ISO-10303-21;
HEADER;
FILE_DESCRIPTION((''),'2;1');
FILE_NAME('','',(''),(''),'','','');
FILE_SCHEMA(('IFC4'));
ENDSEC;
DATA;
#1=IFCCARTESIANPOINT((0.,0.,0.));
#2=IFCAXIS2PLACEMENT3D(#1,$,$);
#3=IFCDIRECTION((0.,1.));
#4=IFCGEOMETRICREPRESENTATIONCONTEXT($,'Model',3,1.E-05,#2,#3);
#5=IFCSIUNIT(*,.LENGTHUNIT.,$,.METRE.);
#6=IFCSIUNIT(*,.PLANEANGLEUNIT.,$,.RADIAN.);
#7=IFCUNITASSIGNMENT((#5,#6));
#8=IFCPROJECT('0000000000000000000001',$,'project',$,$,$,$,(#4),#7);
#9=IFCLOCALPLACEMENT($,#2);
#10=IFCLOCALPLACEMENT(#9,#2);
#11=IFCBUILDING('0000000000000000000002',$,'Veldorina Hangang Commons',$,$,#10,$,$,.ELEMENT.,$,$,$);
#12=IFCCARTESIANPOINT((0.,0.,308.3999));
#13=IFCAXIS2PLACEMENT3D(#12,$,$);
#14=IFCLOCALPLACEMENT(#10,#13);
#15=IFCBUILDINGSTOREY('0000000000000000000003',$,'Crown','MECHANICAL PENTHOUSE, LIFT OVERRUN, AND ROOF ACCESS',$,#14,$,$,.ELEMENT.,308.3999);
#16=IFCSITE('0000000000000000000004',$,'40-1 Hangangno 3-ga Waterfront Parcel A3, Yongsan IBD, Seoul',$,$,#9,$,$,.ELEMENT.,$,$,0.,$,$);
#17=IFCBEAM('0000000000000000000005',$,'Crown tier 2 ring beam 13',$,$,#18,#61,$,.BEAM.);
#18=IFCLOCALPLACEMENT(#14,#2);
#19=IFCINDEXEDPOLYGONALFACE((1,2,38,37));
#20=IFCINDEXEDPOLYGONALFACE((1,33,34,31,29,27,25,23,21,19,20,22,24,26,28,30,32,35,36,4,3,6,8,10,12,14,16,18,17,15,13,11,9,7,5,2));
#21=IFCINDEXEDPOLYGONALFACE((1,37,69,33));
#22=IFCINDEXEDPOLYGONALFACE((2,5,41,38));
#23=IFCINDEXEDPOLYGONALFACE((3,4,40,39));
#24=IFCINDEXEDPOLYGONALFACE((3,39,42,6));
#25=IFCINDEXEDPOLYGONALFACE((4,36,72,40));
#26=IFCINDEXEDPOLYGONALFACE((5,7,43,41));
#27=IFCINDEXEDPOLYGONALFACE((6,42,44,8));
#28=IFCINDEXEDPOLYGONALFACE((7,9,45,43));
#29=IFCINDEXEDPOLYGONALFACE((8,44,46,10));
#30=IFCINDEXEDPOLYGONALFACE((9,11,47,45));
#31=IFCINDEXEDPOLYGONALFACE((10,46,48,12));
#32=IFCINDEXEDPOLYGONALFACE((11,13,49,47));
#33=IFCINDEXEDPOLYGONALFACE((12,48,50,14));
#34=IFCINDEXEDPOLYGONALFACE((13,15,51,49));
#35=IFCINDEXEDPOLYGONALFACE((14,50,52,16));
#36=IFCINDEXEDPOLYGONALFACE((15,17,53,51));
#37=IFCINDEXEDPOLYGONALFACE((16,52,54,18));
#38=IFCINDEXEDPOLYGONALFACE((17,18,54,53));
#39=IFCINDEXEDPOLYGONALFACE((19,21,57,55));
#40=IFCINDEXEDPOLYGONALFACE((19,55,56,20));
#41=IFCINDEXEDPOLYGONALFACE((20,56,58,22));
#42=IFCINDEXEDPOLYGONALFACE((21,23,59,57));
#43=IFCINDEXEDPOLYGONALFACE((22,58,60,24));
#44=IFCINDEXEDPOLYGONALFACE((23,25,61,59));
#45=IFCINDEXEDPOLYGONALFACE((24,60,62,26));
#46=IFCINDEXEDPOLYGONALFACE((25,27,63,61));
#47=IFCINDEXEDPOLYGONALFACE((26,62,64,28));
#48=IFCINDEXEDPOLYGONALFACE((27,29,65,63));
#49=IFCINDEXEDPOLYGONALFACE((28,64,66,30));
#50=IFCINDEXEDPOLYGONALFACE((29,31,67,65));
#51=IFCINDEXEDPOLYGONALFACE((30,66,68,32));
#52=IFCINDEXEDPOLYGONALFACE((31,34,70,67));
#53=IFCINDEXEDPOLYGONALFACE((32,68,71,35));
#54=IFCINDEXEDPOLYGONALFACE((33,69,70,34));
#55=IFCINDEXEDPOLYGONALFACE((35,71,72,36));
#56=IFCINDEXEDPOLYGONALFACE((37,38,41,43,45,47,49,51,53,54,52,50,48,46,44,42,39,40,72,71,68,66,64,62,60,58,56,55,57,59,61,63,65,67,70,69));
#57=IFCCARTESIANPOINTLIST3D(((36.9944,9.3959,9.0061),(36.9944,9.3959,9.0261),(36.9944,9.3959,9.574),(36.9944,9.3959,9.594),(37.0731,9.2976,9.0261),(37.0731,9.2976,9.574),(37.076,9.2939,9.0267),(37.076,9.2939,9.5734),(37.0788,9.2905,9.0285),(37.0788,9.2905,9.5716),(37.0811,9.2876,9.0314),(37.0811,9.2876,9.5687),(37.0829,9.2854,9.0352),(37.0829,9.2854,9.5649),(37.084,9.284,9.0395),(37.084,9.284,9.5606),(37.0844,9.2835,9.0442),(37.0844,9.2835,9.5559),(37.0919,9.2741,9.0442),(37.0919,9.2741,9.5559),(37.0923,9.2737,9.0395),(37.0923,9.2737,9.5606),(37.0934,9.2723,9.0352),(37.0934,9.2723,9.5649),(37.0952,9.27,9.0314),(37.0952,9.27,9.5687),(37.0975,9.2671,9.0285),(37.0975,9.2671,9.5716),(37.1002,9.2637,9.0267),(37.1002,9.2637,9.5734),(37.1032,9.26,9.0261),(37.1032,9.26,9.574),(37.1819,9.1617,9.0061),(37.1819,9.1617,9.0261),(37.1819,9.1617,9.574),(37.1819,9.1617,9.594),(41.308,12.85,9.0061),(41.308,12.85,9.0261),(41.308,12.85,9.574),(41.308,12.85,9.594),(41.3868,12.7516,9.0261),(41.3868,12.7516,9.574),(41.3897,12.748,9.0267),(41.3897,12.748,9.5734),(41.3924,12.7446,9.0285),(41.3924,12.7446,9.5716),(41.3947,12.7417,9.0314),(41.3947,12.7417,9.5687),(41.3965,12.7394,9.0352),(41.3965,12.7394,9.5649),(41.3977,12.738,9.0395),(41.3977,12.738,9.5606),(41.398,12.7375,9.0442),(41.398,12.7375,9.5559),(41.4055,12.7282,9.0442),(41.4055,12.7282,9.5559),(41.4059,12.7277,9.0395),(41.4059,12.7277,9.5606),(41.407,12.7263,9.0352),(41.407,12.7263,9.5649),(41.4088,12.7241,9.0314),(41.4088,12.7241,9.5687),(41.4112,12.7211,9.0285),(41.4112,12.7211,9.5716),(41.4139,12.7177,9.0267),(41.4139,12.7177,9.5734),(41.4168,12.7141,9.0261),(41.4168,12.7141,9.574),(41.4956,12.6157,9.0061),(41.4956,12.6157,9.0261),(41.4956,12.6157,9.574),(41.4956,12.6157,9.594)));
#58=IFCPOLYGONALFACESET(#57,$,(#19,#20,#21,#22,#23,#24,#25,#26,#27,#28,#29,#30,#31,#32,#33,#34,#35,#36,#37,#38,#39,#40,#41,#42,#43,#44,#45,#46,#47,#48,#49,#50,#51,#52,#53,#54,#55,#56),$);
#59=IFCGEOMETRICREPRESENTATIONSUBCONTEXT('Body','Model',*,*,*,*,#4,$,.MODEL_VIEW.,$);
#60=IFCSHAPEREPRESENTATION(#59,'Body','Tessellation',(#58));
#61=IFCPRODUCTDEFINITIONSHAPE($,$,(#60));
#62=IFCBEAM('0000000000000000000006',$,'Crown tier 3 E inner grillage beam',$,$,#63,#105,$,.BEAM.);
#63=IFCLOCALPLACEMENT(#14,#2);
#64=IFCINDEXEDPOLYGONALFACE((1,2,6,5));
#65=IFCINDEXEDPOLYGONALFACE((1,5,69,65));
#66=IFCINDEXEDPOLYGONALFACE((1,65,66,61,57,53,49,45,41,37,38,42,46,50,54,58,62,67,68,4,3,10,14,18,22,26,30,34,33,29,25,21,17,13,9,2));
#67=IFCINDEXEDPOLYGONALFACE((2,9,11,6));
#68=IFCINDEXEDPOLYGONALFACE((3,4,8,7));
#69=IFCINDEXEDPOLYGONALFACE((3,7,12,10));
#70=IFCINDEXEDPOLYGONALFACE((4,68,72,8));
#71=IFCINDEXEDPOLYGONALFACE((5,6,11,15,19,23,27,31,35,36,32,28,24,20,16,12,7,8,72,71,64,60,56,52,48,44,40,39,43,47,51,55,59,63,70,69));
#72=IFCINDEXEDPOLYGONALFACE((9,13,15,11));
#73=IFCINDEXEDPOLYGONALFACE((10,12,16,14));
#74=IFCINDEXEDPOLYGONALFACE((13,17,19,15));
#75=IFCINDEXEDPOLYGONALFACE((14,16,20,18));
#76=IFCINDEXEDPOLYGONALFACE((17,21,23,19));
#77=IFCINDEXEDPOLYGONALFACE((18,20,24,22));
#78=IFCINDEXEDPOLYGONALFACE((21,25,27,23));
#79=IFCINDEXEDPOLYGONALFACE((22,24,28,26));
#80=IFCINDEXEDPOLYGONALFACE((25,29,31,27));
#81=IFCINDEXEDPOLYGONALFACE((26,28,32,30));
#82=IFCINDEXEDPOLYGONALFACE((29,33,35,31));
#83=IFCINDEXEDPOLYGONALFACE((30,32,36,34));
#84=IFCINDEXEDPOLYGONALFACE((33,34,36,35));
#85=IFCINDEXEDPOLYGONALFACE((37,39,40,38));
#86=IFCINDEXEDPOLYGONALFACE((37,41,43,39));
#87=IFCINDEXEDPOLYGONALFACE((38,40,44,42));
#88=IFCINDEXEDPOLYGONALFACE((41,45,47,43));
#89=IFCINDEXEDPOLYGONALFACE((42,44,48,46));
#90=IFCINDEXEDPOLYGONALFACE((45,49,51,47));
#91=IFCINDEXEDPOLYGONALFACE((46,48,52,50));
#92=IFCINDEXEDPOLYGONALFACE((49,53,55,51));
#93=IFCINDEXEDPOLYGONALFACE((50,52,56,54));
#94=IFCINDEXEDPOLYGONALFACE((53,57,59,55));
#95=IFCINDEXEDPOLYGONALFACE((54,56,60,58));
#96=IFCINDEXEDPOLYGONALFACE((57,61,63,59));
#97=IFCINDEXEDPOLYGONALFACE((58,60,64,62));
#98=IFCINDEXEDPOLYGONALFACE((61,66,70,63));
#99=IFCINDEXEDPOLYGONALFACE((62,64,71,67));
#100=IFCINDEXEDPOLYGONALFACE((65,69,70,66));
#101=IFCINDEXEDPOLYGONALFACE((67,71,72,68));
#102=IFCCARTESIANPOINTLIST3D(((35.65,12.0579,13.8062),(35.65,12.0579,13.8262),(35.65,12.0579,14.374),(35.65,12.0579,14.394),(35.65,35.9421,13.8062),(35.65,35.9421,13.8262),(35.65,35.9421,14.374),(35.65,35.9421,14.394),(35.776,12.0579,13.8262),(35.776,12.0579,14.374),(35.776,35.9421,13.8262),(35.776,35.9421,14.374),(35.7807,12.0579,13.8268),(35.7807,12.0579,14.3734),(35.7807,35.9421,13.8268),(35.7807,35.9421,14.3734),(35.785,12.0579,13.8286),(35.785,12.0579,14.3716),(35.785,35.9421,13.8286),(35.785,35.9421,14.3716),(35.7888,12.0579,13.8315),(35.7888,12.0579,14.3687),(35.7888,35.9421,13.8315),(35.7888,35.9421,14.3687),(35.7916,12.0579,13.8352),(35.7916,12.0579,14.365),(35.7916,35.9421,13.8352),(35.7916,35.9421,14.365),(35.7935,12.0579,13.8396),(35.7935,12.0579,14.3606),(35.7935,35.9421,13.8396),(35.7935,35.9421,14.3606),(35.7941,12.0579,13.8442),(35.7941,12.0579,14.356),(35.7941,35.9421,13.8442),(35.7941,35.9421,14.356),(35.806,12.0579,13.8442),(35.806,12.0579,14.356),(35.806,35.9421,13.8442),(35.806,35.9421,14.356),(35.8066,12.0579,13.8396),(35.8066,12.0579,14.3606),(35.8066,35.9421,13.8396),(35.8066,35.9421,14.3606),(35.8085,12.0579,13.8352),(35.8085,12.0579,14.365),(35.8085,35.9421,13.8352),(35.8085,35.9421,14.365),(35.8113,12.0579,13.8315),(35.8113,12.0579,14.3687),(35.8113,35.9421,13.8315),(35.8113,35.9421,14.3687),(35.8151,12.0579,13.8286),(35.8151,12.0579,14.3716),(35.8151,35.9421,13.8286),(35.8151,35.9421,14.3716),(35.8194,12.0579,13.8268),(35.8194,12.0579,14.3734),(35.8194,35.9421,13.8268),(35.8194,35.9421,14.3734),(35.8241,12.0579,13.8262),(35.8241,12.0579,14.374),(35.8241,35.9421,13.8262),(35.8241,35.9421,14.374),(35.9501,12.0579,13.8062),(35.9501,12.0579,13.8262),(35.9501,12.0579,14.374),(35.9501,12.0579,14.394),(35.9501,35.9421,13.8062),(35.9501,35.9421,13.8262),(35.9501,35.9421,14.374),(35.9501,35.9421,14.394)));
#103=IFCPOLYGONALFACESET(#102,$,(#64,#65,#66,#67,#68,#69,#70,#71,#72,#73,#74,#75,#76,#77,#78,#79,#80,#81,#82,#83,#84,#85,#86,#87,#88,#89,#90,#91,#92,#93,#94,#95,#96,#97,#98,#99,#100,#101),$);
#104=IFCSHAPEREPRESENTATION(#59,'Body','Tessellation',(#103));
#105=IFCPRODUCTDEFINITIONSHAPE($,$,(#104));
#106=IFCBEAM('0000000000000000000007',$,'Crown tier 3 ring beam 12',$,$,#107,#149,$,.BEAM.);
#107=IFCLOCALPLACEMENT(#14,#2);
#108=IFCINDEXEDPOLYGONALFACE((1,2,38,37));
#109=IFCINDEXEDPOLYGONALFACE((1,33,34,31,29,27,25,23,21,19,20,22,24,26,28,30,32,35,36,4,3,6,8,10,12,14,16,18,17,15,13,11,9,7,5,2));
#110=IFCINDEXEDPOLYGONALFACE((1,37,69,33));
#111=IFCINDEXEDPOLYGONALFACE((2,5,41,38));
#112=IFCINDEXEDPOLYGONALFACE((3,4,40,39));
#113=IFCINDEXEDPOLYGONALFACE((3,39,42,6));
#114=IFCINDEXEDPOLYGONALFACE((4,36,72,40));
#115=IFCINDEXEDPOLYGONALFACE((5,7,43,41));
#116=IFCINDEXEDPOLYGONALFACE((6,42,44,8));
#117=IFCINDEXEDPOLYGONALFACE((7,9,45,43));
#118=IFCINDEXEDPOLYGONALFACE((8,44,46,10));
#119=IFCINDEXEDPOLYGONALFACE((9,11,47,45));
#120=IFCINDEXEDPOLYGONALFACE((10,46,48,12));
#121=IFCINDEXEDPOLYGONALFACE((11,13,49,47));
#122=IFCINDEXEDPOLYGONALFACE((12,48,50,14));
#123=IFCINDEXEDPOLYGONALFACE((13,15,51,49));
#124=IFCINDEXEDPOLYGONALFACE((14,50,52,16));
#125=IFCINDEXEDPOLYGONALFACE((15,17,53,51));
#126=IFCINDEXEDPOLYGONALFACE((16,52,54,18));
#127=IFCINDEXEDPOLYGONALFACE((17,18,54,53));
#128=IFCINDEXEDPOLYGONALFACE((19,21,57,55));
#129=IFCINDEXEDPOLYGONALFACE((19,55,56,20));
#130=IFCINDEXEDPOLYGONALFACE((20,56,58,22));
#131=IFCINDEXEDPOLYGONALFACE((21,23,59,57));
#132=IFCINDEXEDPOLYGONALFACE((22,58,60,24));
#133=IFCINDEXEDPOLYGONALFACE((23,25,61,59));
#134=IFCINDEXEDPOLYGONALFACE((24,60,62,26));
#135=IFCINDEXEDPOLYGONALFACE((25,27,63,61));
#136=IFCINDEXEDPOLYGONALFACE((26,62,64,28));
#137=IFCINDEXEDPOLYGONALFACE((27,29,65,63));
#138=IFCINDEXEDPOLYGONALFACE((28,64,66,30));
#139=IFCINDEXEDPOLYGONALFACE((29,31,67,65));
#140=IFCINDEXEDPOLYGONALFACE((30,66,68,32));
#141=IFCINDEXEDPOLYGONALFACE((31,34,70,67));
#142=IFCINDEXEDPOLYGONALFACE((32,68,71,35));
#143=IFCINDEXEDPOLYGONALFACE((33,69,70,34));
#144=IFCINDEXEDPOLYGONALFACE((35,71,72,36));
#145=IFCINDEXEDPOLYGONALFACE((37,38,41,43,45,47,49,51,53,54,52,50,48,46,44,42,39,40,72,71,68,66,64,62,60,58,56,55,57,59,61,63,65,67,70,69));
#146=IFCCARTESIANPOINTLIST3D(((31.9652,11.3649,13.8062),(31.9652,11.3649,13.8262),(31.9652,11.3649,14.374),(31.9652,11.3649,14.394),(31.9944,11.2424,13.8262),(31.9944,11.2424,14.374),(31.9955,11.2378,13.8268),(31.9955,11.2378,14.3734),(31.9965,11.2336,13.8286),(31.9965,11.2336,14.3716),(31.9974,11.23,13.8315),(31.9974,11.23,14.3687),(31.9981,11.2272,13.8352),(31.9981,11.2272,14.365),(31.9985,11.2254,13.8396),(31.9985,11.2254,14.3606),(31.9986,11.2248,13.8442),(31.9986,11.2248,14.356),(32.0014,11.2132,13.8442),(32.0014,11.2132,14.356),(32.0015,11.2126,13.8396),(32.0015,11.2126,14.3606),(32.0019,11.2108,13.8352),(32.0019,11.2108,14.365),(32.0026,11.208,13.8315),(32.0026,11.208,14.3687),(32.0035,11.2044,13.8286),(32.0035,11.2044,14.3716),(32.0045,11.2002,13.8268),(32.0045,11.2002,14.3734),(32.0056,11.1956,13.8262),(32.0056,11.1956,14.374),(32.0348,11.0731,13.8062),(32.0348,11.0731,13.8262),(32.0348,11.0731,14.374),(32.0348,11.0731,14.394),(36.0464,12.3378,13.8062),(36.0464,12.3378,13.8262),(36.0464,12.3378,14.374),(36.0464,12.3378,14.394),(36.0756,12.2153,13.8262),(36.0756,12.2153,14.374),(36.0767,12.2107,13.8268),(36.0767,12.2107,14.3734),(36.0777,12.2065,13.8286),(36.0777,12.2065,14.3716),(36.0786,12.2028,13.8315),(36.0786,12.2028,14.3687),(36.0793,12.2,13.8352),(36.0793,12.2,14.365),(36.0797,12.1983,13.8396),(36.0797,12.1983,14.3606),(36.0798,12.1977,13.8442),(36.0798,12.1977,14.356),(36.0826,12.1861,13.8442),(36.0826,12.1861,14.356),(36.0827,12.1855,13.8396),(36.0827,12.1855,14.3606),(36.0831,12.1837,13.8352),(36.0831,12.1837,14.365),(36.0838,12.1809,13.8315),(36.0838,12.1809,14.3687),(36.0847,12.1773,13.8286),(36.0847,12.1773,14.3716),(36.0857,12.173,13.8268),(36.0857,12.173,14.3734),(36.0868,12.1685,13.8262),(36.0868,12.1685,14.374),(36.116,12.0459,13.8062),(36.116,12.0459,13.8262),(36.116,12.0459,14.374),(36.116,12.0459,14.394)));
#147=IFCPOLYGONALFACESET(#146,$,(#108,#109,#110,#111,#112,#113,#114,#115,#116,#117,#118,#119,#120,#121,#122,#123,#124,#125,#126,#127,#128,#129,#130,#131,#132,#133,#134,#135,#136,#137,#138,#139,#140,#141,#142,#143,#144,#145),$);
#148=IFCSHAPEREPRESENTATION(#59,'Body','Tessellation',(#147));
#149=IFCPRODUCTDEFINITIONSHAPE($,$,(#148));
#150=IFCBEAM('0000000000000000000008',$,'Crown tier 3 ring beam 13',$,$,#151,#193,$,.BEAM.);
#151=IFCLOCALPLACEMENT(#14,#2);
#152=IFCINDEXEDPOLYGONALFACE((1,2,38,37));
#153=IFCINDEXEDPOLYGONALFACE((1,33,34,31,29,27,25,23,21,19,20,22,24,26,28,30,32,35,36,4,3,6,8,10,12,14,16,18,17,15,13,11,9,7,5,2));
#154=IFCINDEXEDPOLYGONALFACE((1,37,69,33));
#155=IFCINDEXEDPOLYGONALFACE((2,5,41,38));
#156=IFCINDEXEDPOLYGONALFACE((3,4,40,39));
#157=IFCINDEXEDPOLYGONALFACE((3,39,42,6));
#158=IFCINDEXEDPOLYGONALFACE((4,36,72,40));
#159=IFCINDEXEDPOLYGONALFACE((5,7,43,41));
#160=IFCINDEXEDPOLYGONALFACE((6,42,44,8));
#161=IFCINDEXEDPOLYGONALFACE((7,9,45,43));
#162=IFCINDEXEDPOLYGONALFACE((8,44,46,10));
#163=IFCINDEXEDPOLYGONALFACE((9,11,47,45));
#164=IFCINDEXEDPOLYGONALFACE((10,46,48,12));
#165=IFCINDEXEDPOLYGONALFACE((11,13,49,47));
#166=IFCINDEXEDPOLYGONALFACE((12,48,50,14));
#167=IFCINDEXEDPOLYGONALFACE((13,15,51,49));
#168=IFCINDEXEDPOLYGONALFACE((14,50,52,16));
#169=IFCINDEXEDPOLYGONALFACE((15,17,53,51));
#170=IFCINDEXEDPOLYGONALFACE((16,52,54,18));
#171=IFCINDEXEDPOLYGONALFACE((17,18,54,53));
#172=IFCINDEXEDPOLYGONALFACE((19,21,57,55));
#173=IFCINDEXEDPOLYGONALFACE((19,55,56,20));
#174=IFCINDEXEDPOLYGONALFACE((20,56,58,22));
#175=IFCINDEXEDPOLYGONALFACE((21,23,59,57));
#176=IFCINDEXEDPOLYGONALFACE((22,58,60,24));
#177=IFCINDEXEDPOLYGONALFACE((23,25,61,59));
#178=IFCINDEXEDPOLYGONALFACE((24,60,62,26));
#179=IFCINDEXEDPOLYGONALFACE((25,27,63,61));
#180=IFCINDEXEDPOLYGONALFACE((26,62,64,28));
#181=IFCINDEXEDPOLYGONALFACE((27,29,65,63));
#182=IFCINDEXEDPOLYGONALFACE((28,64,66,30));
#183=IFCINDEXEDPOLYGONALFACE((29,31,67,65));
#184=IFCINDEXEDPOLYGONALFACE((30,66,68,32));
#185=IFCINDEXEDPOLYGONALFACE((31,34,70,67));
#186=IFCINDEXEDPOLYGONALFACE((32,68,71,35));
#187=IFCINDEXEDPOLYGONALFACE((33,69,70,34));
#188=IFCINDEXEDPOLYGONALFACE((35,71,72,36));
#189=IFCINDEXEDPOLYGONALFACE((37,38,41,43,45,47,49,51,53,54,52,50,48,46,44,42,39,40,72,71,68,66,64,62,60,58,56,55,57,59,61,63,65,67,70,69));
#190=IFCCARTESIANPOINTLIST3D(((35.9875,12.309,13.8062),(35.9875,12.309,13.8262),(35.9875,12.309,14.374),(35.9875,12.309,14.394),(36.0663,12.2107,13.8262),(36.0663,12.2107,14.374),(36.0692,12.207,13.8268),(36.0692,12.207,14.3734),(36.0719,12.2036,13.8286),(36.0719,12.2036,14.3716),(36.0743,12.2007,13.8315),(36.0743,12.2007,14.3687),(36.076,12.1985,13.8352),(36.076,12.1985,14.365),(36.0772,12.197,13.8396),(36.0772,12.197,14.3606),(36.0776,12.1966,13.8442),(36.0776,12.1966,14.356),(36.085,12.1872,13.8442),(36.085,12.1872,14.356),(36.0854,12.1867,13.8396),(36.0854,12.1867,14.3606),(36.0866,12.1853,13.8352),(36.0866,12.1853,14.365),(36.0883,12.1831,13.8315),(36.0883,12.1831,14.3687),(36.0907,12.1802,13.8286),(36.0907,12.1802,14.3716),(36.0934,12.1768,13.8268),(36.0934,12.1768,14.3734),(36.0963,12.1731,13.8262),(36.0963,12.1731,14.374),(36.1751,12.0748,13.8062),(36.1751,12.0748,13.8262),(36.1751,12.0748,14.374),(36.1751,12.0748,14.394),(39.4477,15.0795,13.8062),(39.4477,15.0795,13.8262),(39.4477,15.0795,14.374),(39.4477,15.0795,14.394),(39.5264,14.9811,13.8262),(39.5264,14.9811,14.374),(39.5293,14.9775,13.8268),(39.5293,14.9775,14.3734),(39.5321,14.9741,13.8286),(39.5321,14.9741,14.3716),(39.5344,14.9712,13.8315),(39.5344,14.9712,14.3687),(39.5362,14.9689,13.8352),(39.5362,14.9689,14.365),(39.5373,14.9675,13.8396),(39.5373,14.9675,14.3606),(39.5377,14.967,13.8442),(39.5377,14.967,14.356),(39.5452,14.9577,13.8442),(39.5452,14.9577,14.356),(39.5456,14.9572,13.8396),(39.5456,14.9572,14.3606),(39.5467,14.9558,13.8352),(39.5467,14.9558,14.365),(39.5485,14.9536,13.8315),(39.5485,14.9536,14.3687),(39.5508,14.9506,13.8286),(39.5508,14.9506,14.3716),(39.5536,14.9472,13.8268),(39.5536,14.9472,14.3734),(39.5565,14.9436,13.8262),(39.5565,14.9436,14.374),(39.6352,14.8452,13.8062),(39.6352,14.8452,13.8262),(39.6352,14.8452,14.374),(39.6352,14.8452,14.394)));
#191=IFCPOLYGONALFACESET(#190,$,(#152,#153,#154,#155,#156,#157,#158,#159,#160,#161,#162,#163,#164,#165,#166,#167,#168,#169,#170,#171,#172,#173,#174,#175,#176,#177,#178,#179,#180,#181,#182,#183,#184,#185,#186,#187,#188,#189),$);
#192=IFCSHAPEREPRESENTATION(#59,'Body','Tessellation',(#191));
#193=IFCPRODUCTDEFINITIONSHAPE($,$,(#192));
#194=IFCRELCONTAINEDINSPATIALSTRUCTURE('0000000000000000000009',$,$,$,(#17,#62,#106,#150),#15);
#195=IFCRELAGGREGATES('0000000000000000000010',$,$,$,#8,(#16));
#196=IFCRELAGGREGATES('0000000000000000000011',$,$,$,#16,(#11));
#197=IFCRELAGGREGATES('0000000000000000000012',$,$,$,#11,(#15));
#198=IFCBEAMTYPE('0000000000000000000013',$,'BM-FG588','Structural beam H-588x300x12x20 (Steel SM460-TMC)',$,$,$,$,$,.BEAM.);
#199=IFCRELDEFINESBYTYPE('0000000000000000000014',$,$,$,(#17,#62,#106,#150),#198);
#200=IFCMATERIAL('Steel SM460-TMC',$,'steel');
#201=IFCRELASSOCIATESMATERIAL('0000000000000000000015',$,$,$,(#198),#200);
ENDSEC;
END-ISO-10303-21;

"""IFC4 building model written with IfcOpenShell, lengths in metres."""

from ifc_helpers import new_model, si_unit, direction, frame, origin, origin_2d, place, context, subcontext, project, spatial, i_section, extrude, material, material_profile, profile_set, type_object, element, save


model = new_model("IFC4")

# Units and contexts
model_context = context("Model", 3, precision=1e-05, world=origin(), true_north=direction((0.0, 1.0)))
body_context = subcontext(model_context, "Body", "Model", "MODEL_VIEW")
ifc_project = project(units=[si_unit("LENGTHUNIT", "METRE"), si_unit("PLANEANGLEUNIT", "RADIAN")], contexts=[model_context])

# Site, building, storey
site_placement = place(None, origin())
site = spatial("IfcSite", under=ifc_project, at=site_placement, Name="40-1 Hangangno 3-ga Waterfront Parcel A3, Yongsan IBD, Seoul", CompositionType="ELEMENT", RefElevation=0.0)
building_placement = place(site_placement, origin())
building = spatial("IfcBuilding", under=site, at=building_placement, Name="Veldorina Hangang Commons", CompositionType="ELEMENT")
storey_placement = place(building_placement, frame((0.0, 0.0, 308.3999)))
storey = spatial("IfcBuildingStorey", under=building, at=storey_placement, Name="Crown", Description="MECHANICAL PENTHOUSE, LIFT OVERRUN, AND ROOF ACCESS", CompositionType="ELEMENT", Elevation=308.3999)

# Beams
ifc_material_1 = material(Name="Steel SM460-TMC", Category="steel")
ifc_material_profile_1 = material_profile(ifc_material_1, i_section(OverallWidth=0.3, OverallDepth=0.5879, WebThickness=0.012, FlangeThickness=0.02, FilletRadius=0.0181, at=origin_2d()), Name="H-588x300x12x20")
ifc_profile_set_1 = profile_set([ifc_material_profile_1], Name="Steel SM460-TMC")
beam_type = type_object("IfcBeamType", Name="BM-FG588", Description="Structural beam H-588x300x12x20 (Steel SM460-TMC)", PredefinedType="BEAM", material=ifc_profile_set_1)
beam_1_placement = place(storey_placement, frame((37.0881, 9.2788, 9.3), z_axis=(0.780593, 0.62504, 0.0), x_axis=(-0.62504, 0.780593, 0.0)))
element("IfcBeam", 1, at=beam_1_placement, inside=storey, type_object=beam_type, Name="Crown tier 2 ring beam 13", PredefinedType="BEAM", context=body_context, shape_type="SweptSolid", body=[
    extrude(i_section(OverallWidth=0.3, OverallDepth=0.5879, WebThickness=0.012, FlangeThickness=0.02, FilletRadius=0.0181, at=origin_2d()), origin(), (0.0, 0.0, 1.0), 5.5261),
])
beam_2_placement = place(storey_placement, frame((35.8, 12.0579, 14.1001), z_axis=(0.0, 1.0, 0.0), x_axis=(-1.0, 0.0, 0.0)))
element("IfcBeam", 2, at=beam_2_placement, inside=storey, type_object=beam_type, Name="Crown tier 3 E inner grillage beam", PredefinedType="BEAM", context=body_context, shape_type="SweptSolid", body=[
    extrude(i_section(OverallWidth=0.3, OverallDepth=0.5879, WebThickness=0.012, FlangeThickness=0.02, FilletRadius=0.0181, at=origin_2d()), origin(), (0.0, 0.0, 1.0), 23.8843),
])
beam_3_placement = place(storey_placement, frame((32.0, 11.219, 14.1001), z_axis=(0.972744, 0.231883, 0.0), x_axis=(-0.231883, 0.972744, 0.0)))
element("IfcBeam", 3, at=beam_3_placement, inside=storey, type_object=beam_type, Name="Crown tier 3 ring beam 12", PredefinedType="BEAM", context=body_context, shape_type="SweptSolid", body=[
    extrude(i_section(OverallWidth=0.3, OverallDepth=0.5879, WebThickness=0.012, FlangeThickness=0.02, FilletRadius=0.0181, at=origin_2d()), origin(), (0.0, 0.0, 1.0), 4.1956),
])
beam_4_placement = place(storey_placement, frame((36.0813, 12.1919, 14.1001), z_axis=(0.780611, 0.625017, 0.0), x_axis=(-0.625017, 0.780611, 0.0)))
element("IfcBeam", 4, at=beam_4_placement, inside=storey, type_object=beam_type, Name="Crown tier 3 ring beam 13", PredefinedType="BEAM", context=body_context, shape_type="SweptSolid", body=[
    extrude(i_section(OverallWidth=0.3, OverallDepth=0.5879, WebThickness=0.012, FlangeThickness=0.02, FilletRadius=0.0181, at=origin_2d()), origin(), (0.0, 0.0, 1.0), 4.4326),
])

save(model, "model.ifc")
